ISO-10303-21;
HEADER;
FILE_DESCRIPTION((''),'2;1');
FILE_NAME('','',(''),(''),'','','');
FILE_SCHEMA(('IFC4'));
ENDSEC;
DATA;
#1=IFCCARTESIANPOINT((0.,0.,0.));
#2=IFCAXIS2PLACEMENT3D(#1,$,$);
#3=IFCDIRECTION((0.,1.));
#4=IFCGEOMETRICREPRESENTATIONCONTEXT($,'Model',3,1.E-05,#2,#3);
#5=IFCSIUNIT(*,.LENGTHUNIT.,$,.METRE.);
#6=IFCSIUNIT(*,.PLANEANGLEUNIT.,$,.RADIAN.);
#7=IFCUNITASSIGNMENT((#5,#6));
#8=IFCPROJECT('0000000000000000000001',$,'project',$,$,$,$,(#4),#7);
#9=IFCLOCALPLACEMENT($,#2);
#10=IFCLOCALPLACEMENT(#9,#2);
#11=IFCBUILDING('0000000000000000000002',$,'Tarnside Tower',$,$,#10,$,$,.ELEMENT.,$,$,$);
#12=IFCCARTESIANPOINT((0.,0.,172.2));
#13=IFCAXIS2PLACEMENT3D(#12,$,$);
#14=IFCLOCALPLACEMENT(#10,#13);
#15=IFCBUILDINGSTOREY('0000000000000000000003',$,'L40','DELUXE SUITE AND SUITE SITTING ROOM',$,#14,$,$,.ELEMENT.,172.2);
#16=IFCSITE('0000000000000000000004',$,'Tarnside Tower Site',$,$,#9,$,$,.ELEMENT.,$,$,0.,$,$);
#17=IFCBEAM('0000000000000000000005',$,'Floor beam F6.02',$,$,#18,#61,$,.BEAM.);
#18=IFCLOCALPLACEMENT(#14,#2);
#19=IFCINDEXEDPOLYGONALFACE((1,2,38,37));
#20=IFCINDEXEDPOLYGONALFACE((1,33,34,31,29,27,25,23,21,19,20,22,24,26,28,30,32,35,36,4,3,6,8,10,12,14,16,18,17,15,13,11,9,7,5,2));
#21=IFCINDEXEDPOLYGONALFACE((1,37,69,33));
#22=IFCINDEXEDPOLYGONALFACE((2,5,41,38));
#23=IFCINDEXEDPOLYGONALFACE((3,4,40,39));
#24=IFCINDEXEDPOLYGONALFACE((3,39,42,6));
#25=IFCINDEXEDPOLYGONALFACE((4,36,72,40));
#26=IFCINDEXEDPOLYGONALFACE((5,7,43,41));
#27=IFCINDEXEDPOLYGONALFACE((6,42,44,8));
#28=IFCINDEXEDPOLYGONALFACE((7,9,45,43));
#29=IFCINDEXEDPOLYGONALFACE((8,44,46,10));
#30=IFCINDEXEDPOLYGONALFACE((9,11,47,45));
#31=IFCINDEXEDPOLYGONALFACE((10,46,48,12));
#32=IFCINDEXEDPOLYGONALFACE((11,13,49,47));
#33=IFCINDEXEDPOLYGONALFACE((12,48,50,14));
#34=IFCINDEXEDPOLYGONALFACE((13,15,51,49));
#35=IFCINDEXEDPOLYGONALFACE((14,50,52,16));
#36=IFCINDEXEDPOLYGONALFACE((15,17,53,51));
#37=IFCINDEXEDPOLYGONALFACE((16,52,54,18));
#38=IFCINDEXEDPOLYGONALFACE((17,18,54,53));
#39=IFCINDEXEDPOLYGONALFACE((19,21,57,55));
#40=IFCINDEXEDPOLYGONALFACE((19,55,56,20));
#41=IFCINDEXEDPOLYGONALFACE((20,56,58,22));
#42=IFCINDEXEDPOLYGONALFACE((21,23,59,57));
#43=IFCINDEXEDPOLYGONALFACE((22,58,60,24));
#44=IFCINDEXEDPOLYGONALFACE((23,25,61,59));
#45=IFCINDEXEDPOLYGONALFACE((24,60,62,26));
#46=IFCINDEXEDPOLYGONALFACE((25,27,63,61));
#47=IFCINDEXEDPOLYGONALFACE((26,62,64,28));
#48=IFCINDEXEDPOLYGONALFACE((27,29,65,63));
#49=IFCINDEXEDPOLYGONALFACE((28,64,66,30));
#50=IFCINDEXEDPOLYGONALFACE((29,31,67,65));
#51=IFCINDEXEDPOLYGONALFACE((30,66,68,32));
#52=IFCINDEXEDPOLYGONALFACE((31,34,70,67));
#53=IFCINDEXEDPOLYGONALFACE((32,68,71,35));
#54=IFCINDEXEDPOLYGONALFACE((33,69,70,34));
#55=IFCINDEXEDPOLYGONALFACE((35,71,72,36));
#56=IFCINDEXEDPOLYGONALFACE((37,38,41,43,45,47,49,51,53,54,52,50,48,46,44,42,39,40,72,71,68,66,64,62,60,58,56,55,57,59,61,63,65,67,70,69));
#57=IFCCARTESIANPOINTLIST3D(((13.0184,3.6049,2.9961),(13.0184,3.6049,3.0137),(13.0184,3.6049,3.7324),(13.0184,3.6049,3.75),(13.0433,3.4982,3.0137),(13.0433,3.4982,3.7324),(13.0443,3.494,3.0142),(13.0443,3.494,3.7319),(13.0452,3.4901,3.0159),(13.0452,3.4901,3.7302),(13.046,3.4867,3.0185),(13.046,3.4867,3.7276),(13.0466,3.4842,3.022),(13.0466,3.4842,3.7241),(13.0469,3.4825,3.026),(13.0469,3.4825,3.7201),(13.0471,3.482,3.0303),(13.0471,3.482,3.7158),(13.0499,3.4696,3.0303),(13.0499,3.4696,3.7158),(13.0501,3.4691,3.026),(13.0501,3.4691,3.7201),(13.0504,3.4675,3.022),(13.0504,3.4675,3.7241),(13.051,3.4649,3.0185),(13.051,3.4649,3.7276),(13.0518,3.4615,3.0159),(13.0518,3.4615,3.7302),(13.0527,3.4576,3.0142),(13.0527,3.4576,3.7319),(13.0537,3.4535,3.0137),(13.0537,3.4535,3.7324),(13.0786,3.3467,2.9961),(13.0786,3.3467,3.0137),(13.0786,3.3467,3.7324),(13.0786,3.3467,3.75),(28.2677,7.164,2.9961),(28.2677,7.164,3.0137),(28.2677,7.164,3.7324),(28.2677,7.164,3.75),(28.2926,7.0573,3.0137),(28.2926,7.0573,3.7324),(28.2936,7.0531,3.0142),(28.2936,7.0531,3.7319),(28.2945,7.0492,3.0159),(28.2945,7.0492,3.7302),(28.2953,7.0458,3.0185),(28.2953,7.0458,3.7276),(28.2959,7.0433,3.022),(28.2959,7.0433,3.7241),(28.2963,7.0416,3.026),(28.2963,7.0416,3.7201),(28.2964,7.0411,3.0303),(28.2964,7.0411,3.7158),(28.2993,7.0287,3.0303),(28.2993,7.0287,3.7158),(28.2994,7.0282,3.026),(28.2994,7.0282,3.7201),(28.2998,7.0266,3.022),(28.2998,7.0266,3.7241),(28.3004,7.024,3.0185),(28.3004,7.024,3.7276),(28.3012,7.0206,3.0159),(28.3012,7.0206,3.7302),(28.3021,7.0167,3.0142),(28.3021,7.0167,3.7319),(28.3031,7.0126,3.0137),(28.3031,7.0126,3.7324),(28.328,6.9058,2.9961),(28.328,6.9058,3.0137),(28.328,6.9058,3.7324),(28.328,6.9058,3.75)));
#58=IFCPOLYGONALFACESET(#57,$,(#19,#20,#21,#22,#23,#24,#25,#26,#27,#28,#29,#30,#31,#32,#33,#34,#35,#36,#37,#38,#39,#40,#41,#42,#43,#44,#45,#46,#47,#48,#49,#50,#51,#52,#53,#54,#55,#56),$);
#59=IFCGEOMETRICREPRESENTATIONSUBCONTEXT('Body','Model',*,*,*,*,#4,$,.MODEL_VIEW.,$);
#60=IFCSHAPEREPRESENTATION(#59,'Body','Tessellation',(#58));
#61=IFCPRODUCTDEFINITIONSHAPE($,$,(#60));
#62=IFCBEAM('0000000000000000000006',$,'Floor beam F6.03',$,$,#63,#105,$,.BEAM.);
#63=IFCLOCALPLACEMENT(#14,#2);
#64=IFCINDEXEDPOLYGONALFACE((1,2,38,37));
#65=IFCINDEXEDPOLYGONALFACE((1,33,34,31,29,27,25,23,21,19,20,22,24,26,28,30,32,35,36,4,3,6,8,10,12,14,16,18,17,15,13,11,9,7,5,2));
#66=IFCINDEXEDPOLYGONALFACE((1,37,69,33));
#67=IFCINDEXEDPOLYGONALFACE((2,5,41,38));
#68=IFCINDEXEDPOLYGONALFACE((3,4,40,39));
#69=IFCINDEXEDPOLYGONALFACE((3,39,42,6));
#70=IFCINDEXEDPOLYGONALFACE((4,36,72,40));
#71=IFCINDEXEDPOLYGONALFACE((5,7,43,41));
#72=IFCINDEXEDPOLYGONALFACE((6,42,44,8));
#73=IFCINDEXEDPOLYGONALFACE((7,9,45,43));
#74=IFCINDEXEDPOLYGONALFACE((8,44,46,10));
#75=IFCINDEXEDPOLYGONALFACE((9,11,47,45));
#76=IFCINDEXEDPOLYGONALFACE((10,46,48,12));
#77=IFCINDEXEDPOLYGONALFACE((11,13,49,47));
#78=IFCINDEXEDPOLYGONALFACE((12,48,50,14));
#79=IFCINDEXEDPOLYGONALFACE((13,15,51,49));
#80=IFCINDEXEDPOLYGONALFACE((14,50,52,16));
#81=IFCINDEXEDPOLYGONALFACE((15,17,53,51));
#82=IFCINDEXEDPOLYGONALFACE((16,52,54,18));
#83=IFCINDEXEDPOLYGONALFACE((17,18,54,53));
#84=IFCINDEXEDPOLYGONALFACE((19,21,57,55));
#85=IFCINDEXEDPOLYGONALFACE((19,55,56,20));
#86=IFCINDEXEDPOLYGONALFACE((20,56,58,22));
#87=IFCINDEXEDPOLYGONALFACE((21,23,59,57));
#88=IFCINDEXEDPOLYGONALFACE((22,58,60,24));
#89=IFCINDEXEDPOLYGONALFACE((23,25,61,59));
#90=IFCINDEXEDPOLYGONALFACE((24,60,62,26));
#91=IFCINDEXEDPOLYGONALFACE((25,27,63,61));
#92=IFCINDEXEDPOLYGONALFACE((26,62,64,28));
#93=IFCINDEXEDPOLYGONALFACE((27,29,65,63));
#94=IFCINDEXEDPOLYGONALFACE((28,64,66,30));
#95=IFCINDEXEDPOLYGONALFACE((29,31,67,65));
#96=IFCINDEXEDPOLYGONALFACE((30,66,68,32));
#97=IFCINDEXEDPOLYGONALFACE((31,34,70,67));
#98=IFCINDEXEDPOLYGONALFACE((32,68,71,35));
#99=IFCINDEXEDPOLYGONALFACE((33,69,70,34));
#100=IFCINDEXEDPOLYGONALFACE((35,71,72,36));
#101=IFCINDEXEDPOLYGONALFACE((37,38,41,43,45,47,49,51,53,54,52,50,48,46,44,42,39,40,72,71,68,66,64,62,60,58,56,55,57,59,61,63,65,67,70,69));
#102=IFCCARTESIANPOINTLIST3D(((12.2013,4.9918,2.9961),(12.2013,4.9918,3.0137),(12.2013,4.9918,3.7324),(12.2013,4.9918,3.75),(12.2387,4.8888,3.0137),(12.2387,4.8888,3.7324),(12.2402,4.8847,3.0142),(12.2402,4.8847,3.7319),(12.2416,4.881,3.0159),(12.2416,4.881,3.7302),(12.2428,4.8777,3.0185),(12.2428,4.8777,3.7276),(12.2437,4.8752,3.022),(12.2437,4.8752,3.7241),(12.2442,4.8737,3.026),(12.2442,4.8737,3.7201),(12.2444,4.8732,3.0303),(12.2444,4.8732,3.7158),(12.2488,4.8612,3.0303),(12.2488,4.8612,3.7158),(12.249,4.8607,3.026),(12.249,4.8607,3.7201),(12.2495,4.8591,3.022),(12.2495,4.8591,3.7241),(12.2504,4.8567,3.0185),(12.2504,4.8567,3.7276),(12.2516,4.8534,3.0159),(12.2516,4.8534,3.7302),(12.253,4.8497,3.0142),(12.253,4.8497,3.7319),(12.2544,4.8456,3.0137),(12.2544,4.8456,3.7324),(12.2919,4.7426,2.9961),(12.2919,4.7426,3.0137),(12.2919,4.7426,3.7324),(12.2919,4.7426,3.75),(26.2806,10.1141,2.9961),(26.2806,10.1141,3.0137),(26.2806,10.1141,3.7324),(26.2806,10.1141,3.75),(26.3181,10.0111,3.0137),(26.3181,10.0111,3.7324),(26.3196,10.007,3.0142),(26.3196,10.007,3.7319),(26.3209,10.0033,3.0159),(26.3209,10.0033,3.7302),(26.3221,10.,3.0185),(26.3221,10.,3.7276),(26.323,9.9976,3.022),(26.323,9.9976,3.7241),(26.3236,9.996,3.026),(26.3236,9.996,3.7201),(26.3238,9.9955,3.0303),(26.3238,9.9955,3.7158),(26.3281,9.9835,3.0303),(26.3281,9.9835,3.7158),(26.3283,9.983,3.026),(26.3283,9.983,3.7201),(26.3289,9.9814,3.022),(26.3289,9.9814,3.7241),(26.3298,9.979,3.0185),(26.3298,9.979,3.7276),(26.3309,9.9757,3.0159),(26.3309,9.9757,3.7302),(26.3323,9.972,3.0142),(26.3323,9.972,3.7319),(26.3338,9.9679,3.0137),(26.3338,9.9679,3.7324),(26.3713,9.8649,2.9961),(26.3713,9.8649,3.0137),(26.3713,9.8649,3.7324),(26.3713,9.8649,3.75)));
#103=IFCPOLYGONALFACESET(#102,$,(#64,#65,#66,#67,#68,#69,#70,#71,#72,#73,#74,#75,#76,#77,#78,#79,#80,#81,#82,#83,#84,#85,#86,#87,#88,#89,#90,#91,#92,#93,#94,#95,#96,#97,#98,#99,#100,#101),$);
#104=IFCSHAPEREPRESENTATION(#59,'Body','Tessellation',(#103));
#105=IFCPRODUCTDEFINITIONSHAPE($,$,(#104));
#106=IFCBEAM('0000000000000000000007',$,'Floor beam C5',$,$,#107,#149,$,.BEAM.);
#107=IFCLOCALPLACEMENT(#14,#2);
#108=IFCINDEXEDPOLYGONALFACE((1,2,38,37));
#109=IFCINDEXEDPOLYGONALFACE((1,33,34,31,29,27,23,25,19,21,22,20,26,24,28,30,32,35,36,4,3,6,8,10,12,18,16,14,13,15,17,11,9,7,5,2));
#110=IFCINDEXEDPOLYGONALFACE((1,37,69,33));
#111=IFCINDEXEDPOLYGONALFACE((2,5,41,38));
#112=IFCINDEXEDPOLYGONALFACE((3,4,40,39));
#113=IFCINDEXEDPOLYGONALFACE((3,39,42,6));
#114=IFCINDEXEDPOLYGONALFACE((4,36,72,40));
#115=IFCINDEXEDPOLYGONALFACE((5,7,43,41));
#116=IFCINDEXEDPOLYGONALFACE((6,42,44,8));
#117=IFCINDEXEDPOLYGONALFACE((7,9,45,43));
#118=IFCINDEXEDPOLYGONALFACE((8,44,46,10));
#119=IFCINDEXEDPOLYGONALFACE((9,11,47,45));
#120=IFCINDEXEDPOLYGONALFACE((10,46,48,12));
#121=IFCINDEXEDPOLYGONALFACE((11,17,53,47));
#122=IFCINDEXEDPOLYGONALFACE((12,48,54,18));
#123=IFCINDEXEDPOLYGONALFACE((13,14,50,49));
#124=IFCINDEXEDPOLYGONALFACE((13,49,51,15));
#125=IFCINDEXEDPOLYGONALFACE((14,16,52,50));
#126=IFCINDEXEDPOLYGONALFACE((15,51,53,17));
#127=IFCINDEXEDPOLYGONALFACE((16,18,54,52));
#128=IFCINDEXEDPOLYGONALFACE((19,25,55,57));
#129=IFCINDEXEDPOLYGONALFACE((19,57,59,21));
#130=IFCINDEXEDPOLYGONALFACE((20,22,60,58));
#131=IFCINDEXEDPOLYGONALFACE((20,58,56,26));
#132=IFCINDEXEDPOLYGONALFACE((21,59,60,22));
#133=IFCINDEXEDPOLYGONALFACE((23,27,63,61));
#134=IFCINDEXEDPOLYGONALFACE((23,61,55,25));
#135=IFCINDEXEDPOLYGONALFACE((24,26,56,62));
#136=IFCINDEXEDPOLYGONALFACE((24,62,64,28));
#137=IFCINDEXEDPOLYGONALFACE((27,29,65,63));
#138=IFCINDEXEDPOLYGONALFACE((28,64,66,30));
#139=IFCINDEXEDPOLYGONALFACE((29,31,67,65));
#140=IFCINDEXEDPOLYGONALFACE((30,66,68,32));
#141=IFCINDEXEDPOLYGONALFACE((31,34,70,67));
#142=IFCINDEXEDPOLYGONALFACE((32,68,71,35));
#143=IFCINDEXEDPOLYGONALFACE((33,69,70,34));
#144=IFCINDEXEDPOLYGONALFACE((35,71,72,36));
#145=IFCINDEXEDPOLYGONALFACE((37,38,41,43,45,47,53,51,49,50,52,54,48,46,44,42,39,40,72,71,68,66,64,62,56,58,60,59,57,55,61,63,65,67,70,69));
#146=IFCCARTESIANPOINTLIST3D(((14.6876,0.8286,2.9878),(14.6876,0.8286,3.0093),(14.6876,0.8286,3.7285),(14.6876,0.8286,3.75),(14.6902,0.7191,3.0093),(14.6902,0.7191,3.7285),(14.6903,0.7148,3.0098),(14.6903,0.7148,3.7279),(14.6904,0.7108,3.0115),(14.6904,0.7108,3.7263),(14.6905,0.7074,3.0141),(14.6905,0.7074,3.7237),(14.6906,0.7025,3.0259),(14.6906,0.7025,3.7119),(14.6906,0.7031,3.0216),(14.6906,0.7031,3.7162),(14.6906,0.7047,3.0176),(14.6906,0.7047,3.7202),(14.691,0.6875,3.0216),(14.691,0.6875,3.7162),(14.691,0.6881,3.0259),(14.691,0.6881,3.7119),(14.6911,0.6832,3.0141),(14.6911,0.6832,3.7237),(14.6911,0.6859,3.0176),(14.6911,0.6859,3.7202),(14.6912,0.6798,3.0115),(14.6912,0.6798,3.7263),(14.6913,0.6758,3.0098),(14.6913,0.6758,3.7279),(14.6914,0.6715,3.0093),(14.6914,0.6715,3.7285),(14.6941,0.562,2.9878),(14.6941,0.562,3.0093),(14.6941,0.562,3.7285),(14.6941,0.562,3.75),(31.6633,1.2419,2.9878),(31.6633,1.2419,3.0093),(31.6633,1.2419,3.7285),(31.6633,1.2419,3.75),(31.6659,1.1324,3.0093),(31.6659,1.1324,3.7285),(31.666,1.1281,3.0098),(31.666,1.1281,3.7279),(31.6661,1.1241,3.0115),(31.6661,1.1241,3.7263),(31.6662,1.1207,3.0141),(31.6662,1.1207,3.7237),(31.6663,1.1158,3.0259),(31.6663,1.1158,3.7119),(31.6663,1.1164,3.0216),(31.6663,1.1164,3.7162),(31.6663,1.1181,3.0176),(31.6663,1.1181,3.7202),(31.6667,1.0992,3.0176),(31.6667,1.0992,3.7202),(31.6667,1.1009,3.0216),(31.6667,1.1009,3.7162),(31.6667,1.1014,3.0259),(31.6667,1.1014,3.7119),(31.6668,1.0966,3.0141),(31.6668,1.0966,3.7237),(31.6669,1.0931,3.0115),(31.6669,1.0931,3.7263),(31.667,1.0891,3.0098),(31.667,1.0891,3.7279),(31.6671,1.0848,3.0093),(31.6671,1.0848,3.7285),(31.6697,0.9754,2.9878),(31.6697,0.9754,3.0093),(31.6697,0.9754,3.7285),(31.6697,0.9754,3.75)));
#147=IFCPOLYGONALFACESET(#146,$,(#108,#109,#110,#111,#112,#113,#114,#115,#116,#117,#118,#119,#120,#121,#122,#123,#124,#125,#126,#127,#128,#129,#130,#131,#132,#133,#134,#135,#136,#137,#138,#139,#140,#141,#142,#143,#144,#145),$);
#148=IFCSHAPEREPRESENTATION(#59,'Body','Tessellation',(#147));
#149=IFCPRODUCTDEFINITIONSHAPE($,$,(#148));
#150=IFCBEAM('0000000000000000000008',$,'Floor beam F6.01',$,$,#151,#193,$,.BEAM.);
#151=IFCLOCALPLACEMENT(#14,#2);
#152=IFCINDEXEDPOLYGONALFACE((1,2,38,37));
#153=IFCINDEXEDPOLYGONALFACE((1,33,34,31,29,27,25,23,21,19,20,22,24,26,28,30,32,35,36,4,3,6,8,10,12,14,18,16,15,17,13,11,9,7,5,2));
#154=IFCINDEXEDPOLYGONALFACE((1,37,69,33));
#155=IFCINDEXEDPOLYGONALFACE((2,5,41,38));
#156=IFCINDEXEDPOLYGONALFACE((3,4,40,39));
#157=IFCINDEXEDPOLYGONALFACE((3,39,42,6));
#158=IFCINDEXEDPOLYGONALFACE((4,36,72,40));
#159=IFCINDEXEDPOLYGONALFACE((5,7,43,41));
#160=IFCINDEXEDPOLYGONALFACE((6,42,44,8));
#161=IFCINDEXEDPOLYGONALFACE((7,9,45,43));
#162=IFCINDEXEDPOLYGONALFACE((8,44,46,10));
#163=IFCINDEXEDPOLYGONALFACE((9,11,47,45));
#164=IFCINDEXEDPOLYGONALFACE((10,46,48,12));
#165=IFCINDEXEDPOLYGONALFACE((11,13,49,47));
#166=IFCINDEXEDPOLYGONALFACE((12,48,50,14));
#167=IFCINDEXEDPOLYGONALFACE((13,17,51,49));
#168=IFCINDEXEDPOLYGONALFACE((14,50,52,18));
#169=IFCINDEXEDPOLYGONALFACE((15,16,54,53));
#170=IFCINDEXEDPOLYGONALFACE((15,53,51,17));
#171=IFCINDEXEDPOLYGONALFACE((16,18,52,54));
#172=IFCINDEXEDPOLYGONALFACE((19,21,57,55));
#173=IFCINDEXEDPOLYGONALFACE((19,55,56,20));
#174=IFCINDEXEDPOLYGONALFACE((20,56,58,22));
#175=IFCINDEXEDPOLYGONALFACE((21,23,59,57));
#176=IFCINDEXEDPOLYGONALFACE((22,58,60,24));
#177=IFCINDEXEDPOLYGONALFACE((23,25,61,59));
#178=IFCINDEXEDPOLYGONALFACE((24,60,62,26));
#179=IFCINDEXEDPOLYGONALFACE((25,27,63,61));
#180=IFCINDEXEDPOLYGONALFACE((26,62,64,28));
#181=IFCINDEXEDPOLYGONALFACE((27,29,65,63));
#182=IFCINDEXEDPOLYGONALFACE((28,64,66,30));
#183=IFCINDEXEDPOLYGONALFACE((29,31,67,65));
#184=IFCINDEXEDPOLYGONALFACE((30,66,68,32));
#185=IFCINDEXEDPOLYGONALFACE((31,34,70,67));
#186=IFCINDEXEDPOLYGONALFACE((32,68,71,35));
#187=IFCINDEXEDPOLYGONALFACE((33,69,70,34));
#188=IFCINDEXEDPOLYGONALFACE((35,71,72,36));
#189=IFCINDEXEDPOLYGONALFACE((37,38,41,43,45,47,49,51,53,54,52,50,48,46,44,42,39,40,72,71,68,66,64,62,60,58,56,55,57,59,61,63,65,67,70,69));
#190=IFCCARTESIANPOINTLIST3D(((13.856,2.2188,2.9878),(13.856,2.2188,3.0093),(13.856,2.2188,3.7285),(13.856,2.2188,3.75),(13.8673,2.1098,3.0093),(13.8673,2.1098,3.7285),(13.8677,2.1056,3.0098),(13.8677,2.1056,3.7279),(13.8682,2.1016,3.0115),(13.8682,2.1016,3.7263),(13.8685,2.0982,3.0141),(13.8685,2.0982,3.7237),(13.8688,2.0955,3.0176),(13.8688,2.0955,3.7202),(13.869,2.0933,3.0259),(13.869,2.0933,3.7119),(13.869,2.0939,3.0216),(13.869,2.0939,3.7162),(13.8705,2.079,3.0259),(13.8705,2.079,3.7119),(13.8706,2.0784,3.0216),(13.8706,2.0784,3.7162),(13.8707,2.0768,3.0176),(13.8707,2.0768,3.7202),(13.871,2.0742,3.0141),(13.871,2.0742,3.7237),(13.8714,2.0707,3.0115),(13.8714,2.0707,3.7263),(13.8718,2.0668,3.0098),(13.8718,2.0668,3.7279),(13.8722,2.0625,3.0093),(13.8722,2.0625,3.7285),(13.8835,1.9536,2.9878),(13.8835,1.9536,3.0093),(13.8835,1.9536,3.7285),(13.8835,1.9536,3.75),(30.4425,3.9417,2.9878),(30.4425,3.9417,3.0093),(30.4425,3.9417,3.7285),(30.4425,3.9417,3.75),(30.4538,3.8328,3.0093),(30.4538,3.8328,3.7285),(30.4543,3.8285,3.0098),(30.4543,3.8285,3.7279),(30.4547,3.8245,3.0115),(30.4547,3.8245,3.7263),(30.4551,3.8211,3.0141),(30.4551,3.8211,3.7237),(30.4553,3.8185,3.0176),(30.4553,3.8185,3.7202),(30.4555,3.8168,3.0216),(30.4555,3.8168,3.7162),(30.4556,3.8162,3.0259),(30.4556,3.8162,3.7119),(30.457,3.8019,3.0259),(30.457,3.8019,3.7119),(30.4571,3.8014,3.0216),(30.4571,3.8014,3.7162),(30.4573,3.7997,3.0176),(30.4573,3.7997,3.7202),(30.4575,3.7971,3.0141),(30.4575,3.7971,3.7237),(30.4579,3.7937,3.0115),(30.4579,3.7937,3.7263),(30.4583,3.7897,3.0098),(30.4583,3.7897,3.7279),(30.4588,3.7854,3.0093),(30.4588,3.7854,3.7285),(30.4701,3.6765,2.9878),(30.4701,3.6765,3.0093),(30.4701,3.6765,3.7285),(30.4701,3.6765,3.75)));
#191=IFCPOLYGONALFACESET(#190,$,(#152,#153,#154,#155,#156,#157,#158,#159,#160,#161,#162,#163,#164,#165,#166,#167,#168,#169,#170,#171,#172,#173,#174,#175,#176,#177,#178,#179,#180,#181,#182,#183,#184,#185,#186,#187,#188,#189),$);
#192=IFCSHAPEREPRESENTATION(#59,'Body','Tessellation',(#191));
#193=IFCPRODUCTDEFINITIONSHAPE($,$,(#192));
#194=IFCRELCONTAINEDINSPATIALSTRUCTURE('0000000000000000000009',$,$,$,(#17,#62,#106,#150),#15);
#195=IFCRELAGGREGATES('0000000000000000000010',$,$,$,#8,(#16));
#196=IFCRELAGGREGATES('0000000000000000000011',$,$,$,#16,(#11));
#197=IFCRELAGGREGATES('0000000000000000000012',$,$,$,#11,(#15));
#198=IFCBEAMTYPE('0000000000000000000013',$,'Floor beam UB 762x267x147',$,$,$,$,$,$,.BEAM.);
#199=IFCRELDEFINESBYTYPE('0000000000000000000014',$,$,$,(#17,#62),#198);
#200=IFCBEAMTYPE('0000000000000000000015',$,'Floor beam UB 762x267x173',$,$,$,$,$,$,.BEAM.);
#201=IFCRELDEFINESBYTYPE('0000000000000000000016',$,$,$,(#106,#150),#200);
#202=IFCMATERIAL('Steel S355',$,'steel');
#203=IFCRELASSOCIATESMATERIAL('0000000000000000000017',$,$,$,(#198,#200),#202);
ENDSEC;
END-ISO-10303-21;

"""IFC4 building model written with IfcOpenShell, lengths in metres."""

from ifc_helpers import new_model, si_unit, direction, frame, origin, origin_2d, place, context, subcontext, project, spatial, i_section, extrude, material, material_profile, profile_set, type_object, element, save


model = new_model("IFC4")

# Units and contexts
model_context = context("Model", 3, precision=1e-05, world=origin(), true_north=direction((0.0, 1.0)))
body_context = subcontext(model_context, "Body", "Model", "MODEL_VIEW")
ifc_project = project(units=[si_unit("LENGTHUNIT", "METRE"), si_unit("PLANEANGLEUNIT", "RADIAN")], contexts=[model_context])

# Site, building, storey
site_placement = place(None, origin())
site = spatial("IfcSite", under=ifc_project, at=site_placement, Name="Tarnside Tower Site", CompositionType="ELEMENT", RefElevation=0.0)
building_placement = place(site_placement, origin())
building = spatial("IfcBuilding", under=site, at=building_placement, Name="Tarnside Tower", CompositionType="ELEMENT")
storey_placement = place(building_placement, frame((0.0, 0.0, 172.2)))
storey = spatial("IfcBuildingStorey", under=building, at=storey_placement, Name="L40", Description="DELUXE SUITE AND SUITE SITTING ROOM", CompositionType="ELEMENT", Elevation=172.2)

# Beams
ifc_material_1 = material(Name="Steel S355", Category="steel")
ifc_material_profile_1 = material_profile(ifc_material_1, i_section(OverallWidth=0.2651, OverallDepth=0.7539, WebThickness=0.0127, FlangeThickness=0.0176, FilletRadius=0.0166, at=origin_2d()), Name="UB 762x267x147")
ifc_profile_set_1 = profile_set([ifc_material_profile_1], Name="Steel S355")
beam_type_1 = type_object("IfcBeamType", Name="Floor beam UB 762x267x147", PredefinedType="BEAM", material=ifc_profile_set_1)
beam_1_placement = place(storey_placement, frame((28.2979, 7.0349, 3.373), z_axis=(-0.973828, -0.227285, 0.0), x_axis=(0.227285, -0.973828, 0.0)))
element("IfcBeam", 1, at=beam_1_placement, inside=storey, type_object=beam_type_1, Name="Floor beam F6.02", PredefinedType="BEAM", context=body_context, shape_type="SweptSolid", body=[
    extrude(i_section(OverallWidth=0.2651, OverallDepth=0.7539, WebThickness=0.0127, FlangeThickness=0.0176, FilletRadius=0.0166, at=origin_2d()), origin(), (0.0, 0.0, 1.0), 15.6592),
])
beam_2_placement = place(storey_placement, frame((26.3259, 9.9895, 3.373), z_axis=(-0.939739, -0.341894, 0.0), x_axis=(0.341894, -0.939739, 0.0)))
element("IfcBeam", 2, at=beam_2_placement, inside=storey, type_object=beam_type_1, Name="Floor beam F6.03", PredefinedType="BEAM", context=body_context, shape_type="SweptSolid", body=[
    extrude(i_section(OverallWidth=0.2651, OverallDepth=0.7539, WebThickness=0.0127, FlangeThickness=0.0176, FilletRadius=0.0166, at=origin_2d()), origin(), (0.0, 0.0, 1.0), 14.9822),
])
ifc_material_profile_2 = material_profile(ifc_material_1, i_section(OverallWidth=0.2666, OverallDepth=0.7622, WebThickness=0.0144, FlangeThickness=0.0215, FilletRadius=0.0166, at=origin_2d()), Name="UB 762x267x173")
ifc_profile_set_2 = profile_set([ifc_material_profile_2], Name="Steel S355")
beam_type_2 = type_object("IfcBeamType", Name="Floor beam UB 762x267x173", PredefinedType="BEAM", material=ifc_profile_set_2)
beam_3_placement = place(storey_placement, frame((31.6665, 1.1086, 3.3689), z_axis=(-0.999704, -0.024341, 0.0), x_axis=(0.024341, -0.999704, 0.0)))
element("IfcBeam", 3, at=beam_3_placement, inside=storey, type_object=beam_type_2, Name="Floor beam C5", PredefinedType="BEAM", context=body_context, shape_type="SweptSolid", body=[
    extrude(i_section(OverallWidth=0.2666, OverallDepth=0.7622, WebThickness=0.0144, FlangeThickness=0.0215, FilletRadius=0.0166, at=origin_2d()), origin(), (0.0, 0.0, 1.0), 16.9807),
])
beam_4_placement = place(storey_placement, frame((30.4563, 3.8091, 3.3689), z_axis=(-0.994648, -0.103318, 0.0), x_axis=(0.103318, -0.994648, 0.0)))
element("IfcBeam", 4, at=beam_4_placement, inside=storey, type_object=beam_type_2, Name="Floor beam F6.01", PredefinedType="BEAM", context=body_context, shape_type="SweptSolid", body=[
    extrude(i_section(OverallWidth=0.2666, OverallDepth=0.7622, WebThickness=0.0144, FlangeThickness=0.0215, FilletRadius=0.0166, at=origin_2d()), origin(), (0.0, 0.0, 1.0), 16.6758),
])

save(model, "model.ifc")
